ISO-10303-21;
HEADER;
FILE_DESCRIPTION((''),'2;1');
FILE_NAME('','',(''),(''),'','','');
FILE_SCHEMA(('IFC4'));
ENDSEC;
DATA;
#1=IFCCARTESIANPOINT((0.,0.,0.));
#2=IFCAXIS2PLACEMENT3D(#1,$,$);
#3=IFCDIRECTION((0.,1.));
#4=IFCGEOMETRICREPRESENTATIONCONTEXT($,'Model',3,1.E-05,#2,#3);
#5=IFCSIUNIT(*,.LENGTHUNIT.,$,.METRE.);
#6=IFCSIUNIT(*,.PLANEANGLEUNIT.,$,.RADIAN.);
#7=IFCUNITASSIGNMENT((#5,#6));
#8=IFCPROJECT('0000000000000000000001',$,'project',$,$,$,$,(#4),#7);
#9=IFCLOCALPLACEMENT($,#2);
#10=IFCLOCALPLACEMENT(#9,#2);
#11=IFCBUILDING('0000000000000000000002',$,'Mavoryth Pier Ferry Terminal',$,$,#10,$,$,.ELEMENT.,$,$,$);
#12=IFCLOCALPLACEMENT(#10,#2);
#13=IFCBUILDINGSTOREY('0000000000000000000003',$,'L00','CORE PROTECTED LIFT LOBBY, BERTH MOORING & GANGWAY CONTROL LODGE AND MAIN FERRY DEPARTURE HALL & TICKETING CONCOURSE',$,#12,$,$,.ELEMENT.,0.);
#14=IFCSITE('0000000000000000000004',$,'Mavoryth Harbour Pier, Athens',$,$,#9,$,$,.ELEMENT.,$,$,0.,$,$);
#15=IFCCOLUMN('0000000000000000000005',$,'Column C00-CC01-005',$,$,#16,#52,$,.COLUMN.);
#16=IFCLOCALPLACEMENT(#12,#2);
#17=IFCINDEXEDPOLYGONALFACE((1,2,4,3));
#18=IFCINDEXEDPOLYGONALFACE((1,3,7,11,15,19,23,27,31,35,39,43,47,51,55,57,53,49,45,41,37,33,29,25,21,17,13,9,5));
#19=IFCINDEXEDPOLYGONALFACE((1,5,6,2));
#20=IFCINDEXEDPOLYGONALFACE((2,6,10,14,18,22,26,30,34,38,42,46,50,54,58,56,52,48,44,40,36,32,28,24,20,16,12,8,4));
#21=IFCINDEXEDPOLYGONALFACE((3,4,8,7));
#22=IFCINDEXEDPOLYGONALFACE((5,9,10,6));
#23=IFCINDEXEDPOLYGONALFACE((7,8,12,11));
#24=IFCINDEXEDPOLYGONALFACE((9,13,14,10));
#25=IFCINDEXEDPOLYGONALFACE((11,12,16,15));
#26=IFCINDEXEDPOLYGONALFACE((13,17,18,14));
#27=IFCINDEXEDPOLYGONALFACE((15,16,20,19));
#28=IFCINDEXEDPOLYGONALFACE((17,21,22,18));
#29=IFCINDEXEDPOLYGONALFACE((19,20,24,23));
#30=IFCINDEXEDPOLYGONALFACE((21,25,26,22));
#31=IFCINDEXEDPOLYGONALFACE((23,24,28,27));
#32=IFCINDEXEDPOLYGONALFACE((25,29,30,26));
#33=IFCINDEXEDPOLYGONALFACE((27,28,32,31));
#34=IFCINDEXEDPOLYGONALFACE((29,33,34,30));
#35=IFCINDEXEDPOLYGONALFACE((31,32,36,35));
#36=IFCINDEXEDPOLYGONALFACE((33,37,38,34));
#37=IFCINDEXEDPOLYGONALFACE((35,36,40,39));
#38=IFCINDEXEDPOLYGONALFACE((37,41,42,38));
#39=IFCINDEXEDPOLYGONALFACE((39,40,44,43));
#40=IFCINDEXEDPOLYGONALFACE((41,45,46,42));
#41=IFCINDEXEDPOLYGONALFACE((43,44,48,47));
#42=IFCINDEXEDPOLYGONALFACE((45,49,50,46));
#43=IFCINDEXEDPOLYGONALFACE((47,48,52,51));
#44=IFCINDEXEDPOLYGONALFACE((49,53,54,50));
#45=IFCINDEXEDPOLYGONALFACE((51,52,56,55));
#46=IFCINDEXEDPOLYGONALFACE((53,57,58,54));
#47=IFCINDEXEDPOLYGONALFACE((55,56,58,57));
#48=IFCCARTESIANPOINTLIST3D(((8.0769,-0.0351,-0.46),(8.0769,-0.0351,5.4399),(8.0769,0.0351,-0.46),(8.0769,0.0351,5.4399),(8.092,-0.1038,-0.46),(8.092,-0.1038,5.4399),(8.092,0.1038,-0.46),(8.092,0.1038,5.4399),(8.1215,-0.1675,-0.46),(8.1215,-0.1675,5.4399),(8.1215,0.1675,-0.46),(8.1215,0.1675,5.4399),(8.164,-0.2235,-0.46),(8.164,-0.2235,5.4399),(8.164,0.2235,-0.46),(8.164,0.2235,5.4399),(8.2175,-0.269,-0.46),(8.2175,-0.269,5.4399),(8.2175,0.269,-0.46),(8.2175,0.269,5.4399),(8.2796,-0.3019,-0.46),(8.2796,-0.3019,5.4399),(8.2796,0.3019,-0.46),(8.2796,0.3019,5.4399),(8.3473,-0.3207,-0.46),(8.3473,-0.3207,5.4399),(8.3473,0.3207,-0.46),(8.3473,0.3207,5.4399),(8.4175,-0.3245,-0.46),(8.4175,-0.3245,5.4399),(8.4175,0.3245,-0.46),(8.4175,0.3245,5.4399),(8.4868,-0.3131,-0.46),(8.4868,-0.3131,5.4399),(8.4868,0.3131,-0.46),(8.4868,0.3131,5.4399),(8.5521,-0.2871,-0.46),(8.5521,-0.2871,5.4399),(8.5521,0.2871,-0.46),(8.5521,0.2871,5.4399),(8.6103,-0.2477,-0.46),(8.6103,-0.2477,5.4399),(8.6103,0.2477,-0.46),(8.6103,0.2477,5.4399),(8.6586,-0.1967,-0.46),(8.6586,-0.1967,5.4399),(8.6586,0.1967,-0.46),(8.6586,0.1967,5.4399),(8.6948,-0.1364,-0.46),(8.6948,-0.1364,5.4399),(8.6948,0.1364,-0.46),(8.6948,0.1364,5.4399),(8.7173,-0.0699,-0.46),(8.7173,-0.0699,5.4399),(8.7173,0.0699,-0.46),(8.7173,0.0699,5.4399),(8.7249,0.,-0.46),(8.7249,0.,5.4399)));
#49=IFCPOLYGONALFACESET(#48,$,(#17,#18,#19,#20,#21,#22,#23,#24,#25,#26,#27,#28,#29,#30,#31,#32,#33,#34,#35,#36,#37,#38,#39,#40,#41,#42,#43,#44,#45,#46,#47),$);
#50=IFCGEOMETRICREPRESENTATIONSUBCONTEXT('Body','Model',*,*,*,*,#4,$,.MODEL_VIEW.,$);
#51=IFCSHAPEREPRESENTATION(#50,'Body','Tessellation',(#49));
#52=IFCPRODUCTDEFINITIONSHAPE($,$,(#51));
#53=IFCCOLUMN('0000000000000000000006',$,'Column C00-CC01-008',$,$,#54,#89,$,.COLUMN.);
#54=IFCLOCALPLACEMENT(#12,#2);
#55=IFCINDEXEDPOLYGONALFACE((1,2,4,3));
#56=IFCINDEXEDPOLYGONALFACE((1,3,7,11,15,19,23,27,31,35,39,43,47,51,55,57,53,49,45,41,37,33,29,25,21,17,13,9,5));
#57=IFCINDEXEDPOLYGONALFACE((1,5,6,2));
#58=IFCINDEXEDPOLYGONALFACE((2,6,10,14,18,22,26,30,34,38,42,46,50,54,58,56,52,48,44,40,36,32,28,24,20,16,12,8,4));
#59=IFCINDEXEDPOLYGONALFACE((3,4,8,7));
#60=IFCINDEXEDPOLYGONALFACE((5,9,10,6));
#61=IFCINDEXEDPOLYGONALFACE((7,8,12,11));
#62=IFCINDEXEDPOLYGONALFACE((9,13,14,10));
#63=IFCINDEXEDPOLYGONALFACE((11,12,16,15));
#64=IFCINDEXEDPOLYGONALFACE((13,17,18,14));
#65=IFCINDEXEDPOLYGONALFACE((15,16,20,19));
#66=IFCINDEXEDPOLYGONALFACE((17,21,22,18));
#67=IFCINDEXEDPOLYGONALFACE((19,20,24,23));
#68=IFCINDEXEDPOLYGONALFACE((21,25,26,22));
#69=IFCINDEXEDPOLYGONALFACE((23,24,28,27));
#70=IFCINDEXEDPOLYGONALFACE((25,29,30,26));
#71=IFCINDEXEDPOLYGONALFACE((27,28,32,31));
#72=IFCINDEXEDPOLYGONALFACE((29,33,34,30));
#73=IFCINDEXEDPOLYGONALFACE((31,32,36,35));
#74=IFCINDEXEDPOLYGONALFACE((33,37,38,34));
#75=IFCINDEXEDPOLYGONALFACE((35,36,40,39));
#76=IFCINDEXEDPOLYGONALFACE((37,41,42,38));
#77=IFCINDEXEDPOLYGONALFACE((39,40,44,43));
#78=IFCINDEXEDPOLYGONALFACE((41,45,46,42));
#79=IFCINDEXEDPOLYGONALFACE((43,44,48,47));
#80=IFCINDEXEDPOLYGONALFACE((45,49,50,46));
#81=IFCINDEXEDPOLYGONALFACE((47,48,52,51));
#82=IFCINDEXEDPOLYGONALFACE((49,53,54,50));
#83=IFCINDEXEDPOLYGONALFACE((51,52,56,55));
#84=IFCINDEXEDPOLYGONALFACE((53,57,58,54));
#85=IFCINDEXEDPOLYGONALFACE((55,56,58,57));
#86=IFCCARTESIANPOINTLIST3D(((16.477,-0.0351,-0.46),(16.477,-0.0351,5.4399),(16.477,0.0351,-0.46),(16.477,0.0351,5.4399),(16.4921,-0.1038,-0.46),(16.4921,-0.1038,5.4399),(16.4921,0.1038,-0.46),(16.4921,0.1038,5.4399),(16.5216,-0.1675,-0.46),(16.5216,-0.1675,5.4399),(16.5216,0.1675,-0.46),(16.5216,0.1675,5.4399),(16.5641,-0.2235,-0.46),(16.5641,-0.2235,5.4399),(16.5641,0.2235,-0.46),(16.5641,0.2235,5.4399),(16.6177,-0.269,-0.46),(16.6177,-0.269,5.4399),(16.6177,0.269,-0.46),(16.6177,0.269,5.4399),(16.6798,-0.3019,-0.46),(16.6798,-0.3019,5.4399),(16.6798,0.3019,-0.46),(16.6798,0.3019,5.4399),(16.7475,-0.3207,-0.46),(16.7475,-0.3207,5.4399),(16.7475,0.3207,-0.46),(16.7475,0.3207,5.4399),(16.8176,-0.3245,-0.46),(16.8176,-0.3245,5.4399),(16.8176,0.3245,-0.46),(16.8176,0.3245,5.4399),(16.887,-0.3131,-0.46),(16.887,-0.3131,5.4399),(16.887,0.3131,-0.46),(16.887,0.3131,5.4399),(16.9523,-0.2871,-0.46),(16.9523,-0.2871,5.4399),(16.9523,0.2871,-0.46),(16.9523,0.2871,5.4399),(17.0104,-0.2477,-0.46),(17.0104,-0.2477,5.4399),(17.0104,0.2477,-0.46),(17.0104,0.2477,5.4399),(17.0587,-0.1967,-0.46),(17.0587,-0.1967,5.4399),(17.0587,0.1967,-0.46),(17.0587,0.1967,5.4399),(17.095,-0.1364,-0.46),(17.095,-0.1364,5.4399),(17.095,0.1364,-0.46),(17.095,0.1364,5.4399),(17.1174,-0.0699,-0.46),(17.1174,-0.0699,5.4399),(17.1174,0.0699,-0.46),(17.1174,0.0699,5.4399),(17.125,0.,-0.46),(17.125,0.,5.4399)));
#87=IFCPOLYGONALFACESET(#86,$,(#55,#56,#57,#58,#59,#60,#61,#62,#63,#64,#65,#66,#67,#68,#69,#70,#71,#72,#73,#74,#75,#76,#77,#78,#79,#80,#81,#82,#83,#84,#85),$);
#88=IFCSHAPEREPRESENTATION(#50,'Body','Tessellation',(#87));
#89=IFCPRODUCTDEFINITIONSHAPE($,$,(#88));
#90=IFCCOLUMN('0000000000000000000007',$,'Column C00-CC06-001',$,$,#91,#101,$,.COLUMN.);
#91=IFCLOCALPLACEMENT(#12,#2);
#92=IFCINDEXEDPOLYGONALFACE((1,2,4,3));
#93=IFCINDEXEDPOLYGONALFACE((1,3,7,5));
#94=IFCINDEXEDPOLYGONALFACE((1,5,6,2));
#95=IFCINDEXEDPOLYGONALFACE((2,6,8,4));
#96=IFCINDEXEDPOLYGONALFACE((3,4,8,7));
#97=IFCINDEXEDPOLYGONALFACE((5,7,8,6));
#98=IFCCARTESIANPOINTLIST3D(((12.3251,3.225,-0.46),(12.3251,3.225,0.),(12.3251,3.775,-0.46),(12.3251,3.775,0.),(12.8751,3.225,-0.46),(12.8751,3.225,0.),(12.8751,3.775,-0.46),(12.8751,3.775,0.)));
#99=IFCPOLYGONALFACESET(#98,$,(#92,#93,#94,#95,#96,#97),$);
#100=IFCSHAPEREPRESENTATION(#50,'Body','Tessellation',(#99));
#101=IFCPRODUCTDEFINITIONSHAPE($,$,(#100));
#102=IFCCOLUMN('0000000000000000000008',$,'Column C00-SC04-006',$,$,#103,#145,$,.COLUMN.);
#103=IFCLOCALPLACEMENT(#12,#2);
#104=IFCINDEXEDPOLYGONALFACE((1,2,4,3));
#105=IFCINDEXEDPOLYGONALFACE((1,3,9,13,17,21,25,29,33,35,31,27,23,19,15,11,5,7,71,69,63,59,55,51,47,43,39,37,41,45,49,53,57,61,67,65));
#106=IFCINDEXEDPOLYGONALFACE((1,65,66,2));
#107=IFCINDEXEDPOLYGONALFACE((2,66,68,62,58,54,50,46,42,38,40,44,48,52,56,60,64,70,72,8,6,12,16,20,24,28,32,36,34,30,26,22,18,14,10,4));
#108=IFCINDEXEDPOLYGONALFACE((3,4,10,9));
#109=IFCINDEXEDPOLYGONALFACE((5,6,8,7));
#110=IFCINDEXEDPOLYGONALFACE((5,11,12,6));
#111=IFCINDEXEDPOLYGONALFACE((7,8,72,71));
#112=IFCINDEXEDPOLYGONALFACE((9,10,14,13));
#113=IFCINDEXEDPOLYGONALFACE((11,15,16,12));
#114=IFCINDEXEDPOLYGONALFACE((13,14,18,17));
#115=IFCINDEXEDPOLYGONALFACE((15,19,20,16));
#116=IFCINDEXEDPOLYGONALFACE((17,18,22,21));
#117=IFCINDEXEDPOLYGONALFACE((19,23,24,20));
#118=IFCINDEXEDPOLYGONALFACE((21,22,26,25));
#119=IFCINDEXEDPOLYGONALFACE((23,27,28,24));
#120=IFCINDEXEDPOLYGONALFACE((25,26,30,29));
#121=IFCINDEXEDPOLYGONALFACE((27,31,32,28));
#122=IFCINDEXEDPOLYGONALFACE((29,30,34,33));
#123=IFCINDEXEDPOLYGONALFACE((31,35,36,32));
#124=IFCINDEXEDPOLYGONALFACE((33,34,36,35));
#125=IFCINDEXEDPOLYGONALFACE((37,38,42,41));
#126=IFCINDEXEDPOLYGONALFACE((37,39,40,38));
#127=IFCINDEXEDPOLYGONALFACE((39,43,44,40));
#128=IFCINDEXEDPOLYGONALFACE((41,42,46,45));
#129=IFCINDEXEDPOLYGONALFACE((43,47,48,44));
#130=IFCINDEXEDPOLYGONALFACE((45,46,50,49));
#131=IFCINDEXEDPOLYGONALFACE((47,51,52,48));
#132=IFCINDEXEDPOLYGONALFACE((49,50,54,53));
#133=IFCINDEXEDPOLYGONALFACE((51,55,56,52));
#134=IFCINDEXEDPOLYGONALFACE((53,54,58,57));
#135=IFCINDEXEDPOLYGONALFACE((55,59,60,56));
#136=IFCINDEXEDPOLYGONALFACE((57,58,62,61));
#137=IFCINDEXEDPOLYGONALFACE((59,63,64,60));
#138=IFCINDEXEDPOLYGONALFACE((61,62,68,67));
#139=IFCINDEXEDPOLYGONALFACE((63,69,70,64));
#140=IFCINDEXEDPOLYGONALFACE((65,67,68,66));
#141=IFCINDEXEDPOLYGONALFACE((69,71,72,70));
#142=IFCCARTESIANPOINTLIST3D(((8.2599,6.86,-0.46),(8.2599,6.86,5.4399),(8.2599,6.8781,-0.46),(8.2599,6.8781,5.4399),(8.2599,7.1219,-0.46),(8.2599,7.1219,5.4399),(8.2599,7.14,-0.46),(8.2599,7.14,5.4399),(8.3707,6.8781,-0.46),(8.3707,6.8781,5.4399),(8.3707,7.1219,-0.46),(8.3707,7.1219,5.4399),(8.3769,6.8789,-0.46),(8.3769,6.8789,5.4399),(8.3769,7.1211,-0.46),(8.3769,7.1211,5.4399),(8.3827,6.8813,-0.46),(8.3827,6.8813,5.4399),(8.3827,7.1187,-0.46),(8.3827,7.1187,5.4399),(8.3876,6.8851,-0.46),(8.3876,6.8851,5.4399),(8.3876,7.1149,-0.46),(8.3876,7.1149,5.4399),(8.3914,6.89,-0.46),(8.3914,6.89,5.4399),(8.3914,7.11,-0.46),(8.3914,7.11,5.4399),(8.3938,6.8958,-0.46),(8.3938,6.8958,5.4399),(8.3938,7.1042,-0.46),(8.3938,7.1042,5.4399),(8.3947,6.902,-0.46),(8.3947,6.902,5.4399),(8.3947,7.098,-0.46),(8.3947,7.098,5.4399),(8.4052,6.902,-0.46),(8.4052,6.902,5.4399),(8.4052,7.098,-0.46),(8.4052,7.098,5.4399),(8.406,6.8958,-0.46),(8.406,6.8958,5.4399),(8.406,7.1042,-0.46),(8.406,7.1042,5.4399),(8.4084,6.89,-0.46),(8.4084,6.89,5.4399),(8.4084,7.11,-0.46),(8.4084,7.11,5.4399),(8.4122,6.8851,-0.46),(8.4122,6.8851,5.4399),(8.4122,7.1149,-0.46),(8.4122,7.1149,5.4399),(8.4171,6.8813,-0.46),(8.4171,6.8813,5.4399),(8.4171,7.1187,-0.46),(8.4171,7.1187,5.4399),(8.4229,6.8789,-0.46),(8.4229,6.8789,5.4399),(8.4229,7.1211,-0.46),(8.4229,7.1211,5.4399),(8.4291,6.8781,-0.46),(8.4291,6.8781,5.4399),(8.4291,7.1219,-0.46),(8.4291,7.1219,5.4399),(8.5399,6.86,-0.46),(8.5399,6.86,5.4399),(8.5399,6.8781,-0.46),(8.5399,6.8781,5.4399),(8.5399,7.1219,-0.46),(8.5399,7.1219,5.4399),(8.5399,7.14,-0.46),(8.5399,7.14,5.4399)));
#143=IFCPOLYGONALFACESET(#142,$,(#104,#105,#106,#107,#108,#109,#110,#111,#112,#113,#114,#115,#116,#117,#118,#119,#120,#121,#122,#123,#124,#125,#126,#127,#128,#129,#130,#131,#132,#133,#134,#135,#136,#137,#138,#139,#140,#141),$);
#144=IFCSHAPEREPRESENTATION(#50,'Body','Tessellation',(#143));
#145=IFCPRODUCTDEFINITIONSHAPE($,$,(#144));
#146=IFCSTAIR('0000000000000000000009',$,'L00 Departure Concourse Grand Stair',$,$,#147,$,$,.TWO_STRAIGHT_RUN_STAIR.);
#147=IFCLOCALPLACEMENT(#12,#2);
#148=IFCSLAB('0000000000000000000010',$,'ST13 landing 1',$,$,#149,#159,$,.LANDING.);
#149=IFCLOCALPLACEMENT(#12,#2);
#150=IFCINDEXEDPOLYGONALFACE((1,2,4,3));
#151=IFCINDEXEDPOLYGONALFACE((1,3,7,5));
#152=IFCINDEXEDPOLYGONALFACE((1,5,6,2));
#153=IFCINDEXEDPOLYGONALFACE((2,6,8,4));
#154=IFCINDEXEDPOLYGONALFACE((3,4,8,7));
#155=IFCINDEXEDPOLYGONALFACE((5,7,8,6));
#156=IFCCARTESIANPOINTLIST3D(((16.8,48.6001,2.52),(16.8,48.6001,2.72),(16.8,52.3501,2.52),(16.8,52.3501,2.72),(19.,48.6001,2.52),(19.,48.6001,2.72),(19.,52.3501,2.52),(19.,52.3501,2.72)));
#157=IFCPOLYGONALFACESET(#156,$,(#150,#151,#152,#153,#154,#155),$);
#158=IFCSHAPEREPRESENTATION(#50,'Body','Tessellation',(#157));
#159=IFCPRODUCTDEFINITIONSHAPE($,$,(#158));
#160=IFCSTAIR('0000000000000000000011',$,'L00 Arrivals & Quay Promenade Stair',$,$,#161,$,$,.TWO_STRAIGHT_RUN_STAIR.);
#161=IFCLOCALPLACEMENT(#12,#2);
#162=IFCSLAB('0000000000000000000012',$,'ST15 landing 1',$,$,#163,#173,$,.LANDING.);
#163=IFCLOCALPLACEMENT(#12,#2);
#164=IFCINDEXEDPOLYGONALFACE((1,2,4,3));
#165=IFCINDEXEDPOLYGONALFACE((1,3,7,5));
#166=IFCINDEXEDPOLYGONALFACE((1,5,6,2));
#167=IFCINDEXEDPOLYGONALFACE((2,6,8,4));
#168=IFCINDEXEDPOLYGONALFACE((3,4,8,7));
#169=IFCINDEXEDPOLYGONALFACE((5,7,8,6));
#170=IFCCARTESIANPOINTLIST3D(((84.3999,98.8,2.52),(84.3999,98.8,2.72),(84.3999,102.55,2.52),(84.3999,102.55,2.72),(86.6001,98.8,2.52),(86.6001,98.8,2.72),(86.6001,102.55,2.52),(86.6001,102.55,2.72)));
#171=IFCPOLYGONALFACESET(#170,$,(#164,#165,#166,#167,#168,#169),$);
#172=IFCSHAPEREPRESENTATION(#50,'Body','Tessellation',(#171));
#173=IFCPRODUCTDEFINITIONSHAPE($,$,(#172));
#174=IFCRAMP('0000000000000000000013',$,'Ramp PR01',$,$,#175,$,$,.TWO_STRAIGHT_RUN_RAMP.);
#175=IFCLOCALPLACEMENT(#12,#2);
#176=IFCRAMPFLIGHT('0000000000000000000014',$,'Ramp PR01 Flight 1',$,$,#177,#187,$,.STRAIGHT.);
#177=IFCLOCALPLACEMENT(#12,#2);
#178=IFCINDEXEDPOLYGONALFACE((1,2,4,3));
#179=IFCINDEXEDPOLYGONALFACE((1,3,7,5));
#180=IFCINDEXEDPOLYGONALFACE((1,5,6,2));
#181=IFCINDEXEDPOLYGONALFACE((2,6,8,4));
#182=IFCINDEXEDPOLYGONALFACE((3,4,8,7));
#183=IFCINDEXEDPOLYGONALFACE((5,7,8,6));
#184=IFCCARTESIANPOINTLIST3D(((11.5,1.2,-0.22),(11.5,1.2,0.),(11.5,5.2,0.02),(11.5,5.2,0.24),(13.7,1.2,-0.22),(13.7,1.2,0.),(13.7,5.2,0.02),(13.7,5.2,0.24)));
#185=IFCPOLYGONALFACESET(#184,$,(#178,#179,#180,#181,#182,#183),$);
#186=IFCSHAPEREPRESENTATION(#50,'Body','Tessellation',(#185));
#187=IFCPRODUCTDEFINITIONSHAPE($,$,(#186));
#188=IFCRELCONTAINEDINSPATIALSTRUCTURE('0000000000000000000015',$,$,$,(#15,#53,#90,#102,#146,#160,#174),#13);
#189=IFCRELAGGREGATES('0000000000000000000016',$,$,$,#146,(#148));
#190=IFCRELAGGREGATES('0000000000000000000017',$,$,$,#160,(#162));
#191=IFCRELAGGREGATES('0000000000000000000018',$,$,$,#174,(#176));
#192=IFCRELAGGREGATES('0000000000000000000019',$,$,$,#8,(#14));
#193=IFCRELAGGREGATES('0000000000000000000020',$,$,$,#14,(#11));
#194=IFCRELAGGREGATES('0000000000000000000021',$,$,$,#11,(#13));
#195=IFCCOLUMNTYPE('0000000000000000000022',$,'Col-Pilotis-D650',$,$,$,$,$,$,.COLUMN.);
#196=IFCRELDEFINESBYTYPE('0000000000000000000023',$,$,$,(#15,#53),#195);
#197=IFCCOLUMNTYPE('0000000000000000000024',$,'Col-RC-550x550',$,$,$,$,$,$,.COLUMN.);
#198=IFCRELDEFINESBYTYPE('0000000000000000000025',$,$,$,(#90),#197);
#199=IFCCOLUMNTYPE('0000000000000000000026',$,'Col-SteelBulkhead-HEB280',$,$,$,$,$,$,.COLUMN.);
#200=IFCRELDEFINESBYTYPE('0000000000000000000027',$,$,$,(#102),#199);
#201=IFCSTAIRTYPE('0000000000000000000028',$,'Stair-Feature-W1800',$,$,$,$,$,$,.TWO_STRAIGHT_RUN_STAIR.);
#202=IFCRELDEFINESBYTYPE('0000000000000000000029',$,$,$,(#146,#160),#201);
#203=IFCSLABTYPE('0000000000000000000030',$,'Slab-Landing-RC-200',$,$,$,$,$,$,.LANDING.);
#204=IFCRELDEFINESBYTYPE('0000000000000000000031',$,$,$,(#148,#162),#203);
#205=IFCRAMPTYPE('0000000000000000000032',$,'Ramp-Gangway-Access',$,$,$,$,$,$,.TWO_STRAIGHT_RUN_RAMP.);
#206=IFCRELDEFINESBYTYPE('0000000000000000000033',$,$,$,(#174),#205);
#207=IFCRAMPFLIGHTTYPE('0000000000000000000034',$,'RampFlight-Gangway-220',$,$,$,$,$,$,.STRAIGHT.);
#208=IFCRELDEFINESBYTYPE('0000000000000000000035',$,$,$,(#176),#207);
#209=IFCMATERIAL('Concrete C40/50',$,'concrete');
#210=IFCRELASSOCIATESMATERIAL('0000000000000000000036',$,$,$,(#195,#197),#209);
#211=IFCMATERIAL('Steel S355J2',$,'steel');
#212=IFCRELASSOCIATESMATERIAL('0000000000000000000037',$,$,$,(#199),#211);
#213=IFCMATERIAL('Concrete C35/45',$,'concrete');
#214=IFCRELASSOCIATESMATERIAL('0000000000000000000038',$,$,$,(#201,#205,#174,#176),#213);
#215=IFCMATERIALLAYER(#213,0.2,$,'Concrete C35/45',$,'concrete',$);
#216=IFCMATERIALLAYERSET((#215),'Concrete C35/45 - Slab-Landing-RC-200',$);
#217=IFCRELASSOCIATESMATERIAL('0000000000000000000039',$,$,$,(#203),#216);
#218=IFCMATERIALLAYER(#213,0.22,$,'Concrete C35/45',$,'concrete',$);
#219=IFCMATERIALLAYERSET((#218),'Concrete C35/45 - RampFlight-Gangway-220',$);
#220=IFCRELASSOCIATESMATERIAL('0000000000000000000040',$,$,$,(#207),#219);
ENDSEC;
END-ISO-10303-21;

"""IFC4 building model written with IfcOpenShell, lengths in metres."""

from ifc_helpers import new_model, si_unit, direction, frame, origin, origin_2d, place, context, subcontext, project, spatial, polyline, rectangle, circle, i_section, outline, extrude, material, layer, layer_set, material_profile, profile_set, type_object, element, aggregate, save


model = new_model("IFC4")

# Units and contexts
model_context = context("Model", 3, precision=1e-05, world=origin(), true_north=direction((0.0, 1.0)))
body_context = subcontext(model_context, "Body", "Model", "MODEL_VIEW")
ifc_project = project(units=[si_unit("LENGTHUNIT", "METRE"), si_unit("PLANEANGLEUNIT", "RADIAN")], contexts=[model_context])

# Site, building, storey
site_placement = place(None, origin())
site = spatial("IfcSite", under=ifc_project, at=site_placement, Name="Mavoryth Harbour Pier, Athens", CompositionType="ELEMENT", RefElevation=0.0)
building_placement = place(site_placement, origin())
building = spatial("IfcBuilding", under=site, at=building_placement, Name="Mavoryth Pier Ferry Terminal", CompositionType="ELEMENT")
storey_placement = place(building_placement, origin())
storey = spatial("IfcBuildingStorey", under=building, at=storey_placement, Name="L00", Description="CORE PROTECTED LIFT LOBBY, BERTH MOORING & GANGWAY CONTROL LODGE AND MAIN FERRY DEPARTURE HALL & TICKETING CONCOURSE", CompositionType="ELEMENT", Elevation=0.0)

# Shared definitions
ifc_material_1 = material(Name="Concrete C35/45", Category="concrete")

# Columns
ifc_material_2 = material(Name="Concrete C40/50", Category="concrete")
ifc_material_profile_1 = material_profile(ifc_material_2, circle(Radius=0.325, at=origin_2d()), Name="RC D650", Category="concrete")
ifc_profile_set_1 = profile_set([ifc_material_profile_1], Name="Concrete C40/50 - RC D650")
column_type_1 = type_object("IfcColumnType", Name="Col-Pilotis-D650", PredefinedType="COLUMN", material=ifc_profile_set_1)
for number, where, z_axis, x_axis, name in (
    (1, (8.3999, 0.0, -0.46), (0.0, 0.0, 1.0), (1.0, 0.0, 0.0), "Column C00-CC01-005"),
    (2, (16.8, 0.0, -0.46), (0.0, 0.0, 1.0), (1.0, 0.0, 0.0), "Column C00-CC01-008"),
):
    element("IfcColumn", number, at=place(storey_placement, frame(where, z_axis=z_axis, x_axis=x_axis)), inside=storey, type_object=column_type_1, Name=name, PredefinedType="COLUMN", context=body_context, shape_type="SweptSolid", body=[
        extrude(circle(Radius=0.325, at=origin_2d()), origin(), (0.0, 0.0, 1.0), 5.8999),
    ])
ifc_material_profile_2 = material_profile(ifc_material_2, rectangle(XDim=0.55, YDim=0.55, at=origin_2d()), Name="RC 550x550", Category="concrete")
ifc_profile_set_2 = profile_set([ifc_material_profile_2], Name="Concrete C40/50 - RC 550x550")
column_type_2 = type_object("IfcColumnType", Name="Col-RC-550x550", PredefinedType="COLUMN", material=ifc_profile_set_2)
column_1_placement = place(storey_placement, frame((12.6001, 3.5, -0.46), z_axis=(0.0, 0.0, 1.0), x_axis=(1.0, 0.0, 0.0)))
element("IfcColumn", 3, at=column_1_placement, inside=storey, type_object=column_type_2, Name="Column C00-CC06-001", PredefinedType="COLUMN", context=body_context, shape_type="SweptSolid", body=[
    extrude(rectangle(XDim=0.55, YDim=0.55, at=origin_2d()), origin(), (0.0, 0.0, 1.0), 0.46),
])
ifc_material_3 = material(Name="Steel S355J2", Category="steel")
ifc_material_profile_3 = material_profile(ifc_material_3, i_section(OverallWidth=0.28, OverallDepth=0.28, WebThickness=0.0105, FlangeThickness=0.0181, FilletRadius=0.0239, at=origin_2d()), Name="HEB 280", Category="steel")
ifc_profile_set_3 = profile_set([ifc_material_profile_3], Name="Steel S355J2 - HEB 280")
column_type_3 = type_object("IfcColumnType", Name="Col-SteelBulkhead-HEB280", PredefinedType="COLUMN", material=ifc_profile_set_3)
column_2_placement = place(storey_placement, frame((8.3999, 7.0, -0.46), z_axis=(0.0, 0.0, 1.0), x_axis=(1.0, 0.0, 0.0)))
element("IfcColumn", 4, at=column_2_placement, inside=storey, type_object=column_type_3, Name="Column C00-SC04-006", PredefinedType="COLUMN", context=body_context, shape_type="SweptSolid", body=[
    extrude(i_section(OverallWidth=0.28, OverallDepth=0.28, WebThickness=0.0105, FlangeThickness=0.0181, FilletRadius=0.0239, at=origin_2d()), origin(), (0.0, 0.0, 1.0), 5.8999),
])

# Stairs, slabs
stair_type = type_object("IfcStairType", Name="Stair-Feature-W1800", PredefinedType="TWO_STRAIGHT_RUN_STAIR", material=ifc_material_1)
stair_1_placement = place(storey_placement, origin())
stair_1 = element("IfcStair", 5, at=stair_1_placement, inside=storey, type_object=stair_type, Name="L00 Departure Concourse Grand Stair", PredefinedType="TWO_STRAIGHT_RUN_STAIR")
ifc_layer_1 = layer(ifc_material_1, 0.2, Name="Concrete C35/45", Category="concrete")
ifc_layer_set_1 = layer_set([ifc_layer_1], Name="Concrete C35/45 - Slab-Landing-RC-200")
slab_type = type_object("IfcSlabType", Name="Slab-Landing-RC-200", PredefinedType="LANDING", material=ifc_layer_set_1)
slab_1_placement = place(storey_placement, frame((0.0, 0.0, 2.52)))
slab_1 = element("IfcSlab", 6, at=slab_1_placement, type_object=slab_type, Name="ST13 landing 1", PredefinedType="LANDING", context=body_context, shape_type="SweptSolid", body=[
    extrude(outline(polyline([(16.8, 48.6001), (19.0, 48.6001), (19.0, 52.3501), (16.8, 52.3501), (16.8, 48.6001)])), origin(), (0.0, 0.0, 1.0), 0.2),
])
aggregate(stair_1, [slab_1])
stair_2_placement = place(storey_placement, origin())
stair_2 = element("IfcStair", 7, at=stair_2_placement, inside=storey, type_object=stair_type, Name="L00 Arrivals & Quay Promenade Stair", PredefinedType="TWO_STRAIGHT_RUN_STAIR")
slab_2_placement = place(storey_placement, frame((0.0, 0.0, 2.52)))
slab_2 = element("IfcSlab", 8, at=slab_2_placement, type_object=slab_type, Name="ST15 landing 1", PredefinedType="LANDING", context=body_context, shape_type="SweptSolid", body=[
    extrude(outline(polyline([(84.3999, 98.8), (86.6001, 98.8), (86.6001, 102.55), (84.3999, 102.55), (84.3999, 98.8)])), origin(), (0.0, 0.0, 1.0), 0.2),
])
aggregate(stair_2, [slab_2])

# Ramp, ramp flight
ramp_type = type_object("IfcRampType", Name="Ramp-Gangway-Access", PredefinedType="TWO_STRAIGHT_RUN_RAMP", material=ifc_material_1)
ramp_placement = place(storey_placement, origin())
ramp = element("IfcRamp", 9, at=ramp_placement, inside=storey, type_object=ramp_type, material=ifc_material_1, Name="Ramp PR01", PredefinedType="TWO_STRAIGHT_RUN_RAMP")
ifc_layer_2 = layer(ifc_material_1, 0.22, Name="Concrete C35/45", Category="concrete")
ifc_layer_set_2 = layer_set([ifc_layer_2], Name="Concrete C35/45 - RampFlight-Gangway-220")
ramp_flight_type = type_object("IfcRampFlightType", Name="RampFlight-Gangway-220", PredefinedType="STRAIGHT", material=ifc_layer_set_2)
ramp_flight_placement = place(storey_placement, frame((12.6001, 1.2, 0.0), z_axis=(0.0, 0.0, 1.0), x_axis=(0.0, 1.0, 0.0)))
ramp_flight = element("IfcRampFlight", 10, at=ramp_flight_placement, type_object=ramp_flight_type, material=ifc_material_1, Name="Ramp PR01 Flight 1", PredefinedType="STRAIGHT", context=body_context, shape_type="SweptSolid", body=[
    extrude(outline(polyline([(0.0, 0.0), (4.0, 0.24), (4.0, 0.02), (0.0, -0.22), (0.0, 0.0)])), frame((0.0, 1.1001, 0.0), z_axis=(0.0, -1.0, 0.0), x_axis=(1.0, 0.0, 0.0)), (0.0, 0.0, 1.0), 2.2),
])
aggregate(ramp, [ramp_flight])

save(model, "model.ifc")
